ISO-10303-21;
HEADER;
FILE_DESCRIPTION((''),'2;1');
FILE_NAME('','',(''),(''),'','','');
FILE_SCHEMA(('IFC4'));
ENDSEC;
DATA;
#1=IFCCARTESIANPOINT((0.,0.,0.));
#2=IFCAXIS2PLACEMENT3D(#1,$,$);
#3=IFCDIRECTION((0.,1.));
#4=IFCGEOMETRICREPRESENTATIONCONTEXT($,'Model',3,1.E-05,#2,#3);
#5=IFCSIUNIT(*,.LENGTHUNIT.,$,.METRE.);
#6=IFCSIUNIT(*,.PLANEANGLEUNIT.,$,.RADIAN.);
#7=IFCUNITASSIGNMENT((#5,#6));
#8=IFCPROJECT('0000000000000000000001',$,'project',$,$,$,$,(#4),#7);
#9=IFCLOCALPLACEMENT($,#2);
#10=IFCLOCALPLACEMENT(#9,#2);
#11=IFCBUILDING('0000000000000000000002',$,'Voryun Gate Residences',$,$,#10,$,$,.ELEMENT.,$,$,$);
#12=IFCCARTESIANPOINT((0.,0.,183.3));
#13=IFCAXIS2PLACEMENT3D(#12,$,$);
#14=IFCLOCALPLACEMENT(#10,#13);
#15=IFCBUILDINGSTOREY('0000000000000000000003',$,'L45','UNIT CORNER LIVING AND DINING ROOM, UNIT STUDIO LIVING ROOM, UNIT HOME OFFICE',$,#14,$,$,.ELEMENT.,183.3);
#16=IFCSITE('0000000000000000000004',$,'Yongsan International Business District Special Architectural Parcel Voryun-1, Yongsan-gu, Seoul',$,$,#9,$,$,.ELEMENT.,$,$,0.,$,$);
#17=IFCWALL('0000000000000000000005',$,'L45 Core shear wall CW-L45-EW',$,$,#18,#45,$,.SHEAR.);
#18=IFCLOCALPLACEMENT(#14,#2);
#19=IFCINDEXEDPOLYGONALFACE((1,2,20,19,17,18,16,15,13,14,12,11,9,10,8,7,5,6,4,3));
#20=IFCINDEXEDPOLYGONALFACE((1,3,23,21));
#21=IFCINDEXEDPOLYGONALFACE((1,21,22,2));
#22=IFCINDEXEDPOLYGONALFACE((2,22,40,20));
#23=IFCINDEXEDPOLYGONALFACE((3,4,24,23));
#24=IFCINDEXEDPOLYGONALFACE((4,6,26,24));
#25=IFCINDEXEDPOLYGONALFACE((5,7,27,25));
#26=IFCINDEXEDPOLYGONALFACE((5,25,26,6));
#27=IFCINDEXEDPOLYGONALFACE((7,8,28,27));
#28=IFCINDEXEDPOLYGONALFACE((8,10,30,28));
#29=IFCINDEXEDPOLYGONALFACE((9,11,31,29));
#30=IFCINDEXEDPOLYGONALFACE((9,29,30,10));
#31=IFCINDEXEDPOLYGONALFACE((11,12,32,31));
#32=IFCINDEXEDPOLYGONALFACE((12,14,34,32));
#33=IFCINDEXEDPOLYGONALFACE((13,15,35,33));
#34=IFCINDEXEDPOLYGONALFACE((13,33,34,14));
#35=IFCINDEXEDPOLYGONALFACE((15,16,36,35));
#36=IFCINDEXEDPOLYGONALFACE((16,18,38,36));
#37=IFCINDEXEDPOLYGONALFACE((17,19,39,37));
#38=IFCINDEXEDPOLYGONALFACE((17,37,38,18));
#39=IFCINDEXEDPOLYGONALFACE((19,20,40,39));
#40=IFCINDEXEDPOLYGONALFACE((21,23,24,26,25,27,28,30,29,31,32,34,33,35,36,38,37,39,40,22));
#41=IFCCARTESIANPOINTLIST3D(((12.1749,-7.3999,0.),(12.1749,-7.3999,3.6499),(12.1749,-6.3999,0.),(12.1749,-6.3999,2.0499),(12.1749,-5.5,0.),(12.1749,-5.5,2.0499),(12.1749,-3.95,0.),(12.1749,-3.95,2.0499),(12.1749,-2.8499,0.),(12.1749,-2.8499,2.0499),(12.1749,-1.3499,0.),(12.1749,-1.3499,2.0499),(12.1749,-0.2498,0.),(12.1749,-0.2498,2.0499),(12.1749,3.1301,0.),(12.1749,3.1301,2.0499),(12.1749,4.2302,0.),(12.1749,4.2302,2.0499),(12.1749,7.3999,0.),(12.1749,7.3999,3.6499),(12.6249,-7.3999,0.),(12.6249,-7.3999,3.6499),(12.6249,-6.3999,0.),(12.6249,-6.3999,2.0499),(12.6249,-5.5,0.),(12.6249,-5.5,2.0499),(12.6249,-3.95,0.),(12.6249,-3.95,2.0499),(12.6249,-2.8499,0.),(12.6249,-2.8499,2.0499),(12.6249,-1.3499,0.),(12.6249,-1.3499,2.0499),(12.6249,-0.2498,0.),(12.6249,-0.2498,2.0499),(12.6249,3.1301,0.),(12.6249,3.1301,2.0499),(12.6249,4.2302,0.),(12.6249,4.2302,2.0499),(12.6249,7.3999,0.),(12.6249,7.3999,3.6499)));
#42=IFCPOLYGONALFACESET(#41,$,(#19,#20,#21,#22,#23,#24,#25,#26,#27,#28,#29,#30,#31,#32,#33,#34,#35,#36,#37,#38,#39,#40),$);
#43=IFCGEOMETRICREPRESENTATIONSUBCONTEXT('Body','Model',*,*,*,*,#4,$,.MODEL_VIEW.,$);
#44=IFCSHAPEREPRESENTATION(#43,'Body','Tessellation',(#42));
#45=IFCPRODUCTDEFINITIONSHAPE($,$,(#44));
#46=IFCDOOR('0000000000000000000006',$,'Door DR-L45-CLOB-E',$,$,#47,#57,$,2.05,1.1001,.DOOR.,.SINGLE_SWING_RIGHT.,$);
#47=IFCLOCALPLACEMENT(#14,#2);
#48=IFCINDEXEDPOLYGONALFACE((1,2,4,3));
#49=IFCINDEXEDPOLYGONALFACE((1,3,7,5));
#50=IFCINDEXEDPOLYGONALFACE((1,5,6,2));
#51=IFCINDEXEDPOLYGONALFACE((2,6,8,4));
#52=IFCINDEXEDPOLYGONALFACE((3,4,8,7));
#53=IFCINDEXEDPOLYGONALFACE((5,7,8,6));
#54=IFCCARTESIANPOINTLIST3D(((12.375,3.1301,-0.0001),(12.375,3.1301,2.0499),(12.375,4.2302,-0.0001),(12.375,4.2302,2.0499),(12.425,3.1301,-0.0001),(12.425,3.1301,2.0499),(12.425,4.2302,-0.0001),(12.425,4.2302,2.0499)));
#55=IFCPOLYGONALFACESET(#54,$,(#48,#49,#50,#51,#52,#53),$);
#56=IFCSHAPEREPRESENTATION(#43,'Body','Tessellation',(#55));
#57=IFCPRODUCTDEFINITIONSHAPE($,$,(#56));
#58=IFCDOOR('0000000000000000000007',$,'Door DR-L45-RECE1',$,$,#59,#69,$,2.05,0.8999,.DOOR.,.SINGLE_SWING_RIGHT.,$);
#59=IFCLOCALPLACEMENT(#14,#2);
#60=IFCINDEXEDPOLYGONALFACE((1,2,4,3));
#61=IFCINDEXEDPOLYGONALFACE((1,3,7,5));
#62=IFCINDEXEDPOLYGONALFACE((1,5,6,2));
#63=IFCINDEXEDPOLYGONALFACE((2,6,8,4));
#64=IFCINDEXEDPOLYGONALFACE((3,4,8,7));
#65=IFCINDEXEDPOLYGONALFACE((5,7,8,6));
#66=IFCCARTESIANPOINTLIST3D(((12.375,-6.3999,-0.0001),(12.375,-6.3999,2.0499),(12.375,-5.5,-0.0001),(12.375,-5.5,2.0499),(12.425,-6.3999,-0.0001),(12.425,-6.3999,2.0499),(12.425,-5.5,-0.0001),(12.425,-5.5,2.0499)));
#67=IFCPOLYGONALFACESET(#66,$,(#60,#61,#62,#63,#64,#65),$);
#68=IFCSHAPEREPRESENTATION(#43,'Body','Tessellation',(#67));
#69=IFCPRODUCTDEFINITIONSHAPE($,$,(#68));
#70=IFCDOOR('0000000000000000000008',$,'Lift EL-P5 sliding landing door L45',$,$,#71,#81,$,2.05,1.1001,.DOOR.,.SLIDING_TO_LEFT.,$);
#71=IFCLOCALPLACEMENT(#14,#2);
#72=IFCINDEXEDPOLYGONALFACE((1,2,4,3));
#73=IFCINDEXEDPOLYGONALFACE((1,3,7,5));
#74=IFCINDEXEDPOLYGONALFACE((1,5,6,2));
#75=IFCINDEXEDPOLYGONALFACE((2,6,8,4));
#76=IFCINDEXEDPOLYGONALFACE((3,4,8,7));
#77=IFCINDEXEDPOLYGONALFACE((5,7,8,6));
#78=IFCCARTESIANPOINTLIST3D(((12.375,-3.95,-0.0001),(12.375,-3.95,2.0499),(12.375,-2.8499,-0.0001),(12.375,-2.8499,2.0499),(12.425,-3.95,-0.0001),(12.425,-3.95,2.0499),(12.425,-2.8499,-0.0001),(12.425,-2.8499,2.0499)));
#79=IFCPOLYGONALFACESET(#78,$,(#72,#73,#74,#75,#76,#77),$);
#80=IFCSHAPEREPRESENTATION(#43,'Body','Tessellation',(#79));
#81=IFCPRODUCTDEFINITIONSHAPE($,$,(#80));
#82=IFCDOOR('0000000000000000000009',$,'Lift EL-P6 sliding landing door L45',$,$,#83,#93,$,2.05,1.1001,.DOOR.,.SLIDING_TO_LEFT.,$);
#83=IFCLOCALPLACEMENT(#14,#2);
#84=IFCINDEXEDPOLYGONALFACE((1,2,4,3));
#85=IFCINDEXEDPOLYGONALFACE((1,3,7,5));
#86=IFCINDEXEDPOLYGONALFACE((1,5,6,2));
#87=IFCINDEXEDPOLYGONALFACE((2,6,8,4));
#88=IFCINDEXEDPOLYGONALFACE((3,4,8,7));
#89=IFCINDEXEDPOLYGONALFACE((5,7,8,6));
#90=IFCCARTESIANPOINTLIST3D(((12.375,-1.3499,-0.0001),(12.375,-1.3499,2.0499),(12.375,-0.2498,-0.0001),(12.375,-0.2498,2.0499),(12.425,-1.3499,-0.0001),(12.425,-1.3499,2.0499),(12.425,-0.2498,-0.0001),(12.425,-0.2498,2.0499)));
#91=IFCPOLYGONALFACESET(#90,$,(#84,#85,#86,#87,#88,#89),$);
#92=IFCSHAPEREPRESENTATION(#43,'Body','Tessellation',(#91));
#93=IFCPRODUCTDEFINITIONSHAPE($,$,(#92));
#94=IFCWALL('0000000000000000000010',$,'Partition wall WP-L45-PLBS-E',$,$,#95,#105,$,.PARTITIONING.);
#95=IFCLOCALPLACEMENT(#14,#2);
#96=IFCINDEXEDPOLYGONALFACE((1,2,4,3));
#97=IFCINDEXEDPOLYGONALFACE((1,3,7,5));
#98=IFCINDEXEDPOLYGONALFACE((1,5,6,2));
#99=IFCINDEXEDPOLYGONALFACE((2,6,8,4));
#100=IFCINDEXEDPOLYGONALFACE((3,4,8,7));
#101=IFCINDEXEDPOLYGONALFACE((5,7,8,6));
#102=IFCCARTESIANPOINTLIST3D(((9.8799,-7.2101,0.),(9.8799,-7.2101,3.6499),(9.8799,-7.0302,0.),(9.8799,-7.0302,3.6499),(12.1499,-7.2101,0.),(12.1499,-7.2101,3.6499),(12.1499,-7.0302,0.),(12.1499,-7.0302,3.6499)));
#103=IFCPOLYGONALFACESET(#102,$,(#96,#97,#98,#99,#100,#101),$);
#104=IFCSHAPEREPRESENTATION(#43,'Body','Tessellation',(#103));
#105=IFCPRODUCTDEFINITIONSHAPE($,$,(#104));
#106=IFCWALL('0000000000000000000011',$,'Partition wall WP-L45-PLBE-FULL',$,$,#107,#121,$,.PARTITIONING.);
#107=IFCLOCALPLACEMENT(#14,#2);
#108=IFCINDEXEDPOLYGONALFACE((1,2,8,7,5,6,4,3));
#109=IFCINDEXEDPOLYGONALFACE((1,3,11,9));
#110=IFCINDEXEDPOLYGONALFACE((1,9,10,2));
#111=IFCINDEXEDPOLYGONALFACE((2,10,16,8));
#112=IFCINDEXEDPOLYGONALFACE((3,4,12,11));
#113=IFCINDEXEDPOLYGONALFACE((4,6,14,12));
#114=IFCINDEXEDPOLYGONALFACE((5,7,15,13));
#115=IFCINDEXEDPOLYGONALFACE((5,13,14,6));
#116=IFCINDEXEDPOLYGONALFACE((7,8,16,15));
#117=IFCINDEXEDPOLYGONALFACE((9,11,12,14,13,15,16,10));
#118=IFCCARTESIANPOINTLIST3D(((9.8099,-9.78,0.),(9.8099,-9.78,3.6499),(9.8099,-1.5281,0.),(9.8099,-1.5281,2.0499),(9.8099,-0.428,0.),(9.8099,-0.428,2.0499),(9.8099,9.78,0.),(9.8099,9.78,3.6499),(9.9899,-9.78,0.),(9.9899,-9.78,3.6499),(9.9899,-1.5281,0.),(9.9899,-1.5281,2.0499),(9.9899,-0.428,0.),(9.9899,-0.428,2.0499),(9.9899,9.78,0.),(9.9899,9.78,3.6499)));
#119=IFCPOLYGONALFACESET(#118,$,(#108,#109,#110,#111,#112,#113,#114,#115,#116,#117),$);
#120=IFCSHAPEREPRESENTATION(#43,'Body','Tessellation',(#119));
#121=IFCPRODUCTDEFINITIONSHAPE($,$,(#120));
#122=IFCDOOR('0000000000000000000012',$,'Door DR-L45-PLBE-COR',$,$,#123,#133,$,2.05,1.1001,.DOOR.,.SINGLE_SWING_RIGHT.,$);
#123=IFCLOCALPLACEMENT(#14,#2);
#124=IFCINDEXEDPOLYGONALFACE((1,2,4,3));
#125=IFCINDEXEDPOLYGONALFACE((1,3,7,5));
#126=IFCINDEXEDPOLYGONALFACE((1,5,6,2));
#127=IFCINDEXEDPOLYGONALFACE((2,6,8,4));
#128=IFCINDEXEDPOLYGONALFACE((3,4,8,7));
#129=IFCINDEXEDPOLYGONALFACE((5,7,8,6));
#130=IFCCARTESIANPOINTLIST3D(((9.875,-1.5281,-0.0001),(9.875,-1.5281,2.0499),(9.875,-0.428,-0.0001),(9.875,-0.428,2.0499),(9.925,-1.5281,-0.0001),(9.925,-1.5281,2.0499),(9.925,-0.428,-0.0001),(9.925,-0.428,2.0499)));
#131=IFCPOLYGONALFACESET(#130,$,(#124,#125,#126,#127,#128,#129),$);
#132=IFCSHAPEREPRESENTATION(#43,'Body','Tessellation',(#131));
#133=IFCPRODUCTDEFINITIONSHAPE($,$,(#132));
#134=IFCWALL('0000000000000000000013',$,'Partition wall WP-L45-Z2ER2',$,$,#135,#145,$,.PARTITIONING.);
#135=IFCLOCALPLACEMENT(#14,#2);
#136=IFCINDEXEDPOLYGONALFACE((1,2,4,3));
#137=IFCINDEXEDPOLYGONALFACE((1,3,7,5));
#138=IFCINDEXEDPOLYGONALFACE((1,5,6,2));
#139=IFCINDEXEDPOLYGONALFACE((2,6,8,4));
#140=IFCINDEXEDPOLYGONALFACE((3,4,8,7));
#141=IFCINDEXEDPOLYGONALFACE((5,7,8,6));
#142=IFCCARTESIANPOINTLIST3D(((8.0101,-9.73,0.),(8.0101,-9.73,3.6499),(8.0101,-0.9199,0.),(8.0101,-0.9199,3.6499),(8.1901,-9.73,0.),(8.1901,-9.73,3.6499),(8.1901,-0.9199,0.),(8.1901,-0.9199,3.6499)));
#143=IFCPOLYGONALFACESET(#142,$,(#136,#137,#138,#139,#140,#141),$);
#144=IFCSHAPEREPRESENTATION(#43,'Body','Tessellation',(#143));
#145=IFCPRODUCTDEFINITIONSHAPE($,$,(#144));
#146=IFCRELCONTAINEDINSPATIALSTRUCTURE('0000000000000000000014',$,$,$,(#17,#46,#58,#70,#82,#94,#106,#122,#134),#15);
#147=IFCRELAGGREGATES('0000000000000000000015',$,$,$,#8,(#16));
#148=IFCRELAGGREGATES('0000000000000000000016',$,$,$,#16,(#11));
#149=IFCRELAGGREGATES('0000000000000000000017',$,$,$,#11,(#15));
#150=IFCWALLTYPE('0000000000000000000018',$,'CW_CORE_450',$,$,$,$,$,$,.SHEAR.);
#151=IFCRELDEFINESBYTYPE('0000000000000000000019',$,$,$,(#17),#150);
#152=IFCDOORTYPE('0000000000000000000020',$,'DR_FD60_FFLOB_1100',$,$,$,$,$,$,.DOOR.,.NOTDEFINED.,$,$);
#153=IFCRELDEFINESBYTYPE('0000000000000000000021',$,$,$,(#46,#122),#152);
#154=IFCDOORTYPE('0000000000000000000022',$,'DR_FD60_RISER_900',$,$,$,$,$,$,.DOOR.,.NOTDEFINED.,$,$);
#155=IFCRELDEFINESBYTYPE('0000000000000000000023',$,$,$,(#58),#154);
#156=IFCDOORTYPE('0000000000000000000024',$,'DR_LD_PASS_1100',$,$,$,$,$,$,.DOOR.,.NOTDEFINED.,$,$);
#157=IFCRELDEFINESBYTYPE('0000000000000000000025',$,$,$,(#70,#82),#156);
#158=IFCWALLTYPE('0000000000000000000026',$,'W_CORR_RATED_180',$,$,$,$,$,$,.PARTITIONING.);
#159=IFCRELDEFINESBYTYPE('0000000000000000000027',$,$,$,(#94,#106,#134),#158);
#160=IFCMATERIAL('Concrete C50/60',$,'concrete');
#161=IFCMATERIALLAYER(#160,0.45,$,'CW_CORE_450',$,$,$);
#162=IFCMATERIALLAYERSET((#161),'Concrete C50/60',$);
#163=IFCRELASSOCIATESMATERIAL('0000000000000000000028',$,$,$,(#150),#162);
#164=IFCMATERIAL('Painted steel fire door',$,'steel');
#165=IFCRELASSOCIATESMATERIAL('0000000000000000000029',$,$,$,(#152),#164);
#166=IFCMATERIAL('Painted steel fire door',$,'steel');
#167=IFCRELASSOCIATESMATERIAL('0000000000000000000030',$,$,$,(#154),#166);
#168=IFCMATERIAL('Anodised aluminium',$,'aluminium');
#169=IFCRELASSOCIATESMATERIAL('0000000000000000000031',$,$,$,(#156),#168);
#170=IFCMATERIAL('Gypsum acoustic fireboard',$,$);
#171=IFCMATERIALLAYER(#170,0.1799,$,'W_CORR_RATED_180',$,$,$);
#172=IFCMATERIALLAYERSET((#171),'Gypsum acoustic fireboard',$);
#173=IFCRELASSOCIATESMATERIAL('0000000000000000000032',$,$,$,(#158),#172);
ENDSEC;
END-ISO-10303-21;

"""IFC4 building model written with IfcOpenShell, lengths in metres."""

from ifc_helpers import new_model, si_unit, direction, frame, frame_2d, origin, place, context, subcontext, project, spatial, rectangle, extrude, material, layer, layer_set, type_object, element, fill, save


model = new_model("IFC4")

# Units and contexts
model_context = context("Model", 3, precision=1e-05, world=origin(), true_north=direction((0.0, 1.0)))
body_context = subcontext(model_context, "Body", "Model", "MODEL_VIEW")
ifc_project = project(units=[si_unit("LENGTHUNIT", "METRE"), si_unit("PLANEANGLEUNIT", "RADIAN")], contexts=[model_context])

# Site, building, storey
site_placement = place(None, origin())
site = spatial("IfcSite", under=ifc_project, at=site_placement, Name="Yongsan International Business District Special Architectural Parcel Voryun-1, Yongsan-gu, Seoul", CompositionType="ELEMENT", RefElevation=0.0)
building_placement = place(site_placement, origin())
building = spatial("IfcBuilding", under=site, at=building_placement, Name="Voryun Gate Residences", CompositionType="ELEMENT")
storey_placement = place(building_placement, frame((0.0, 0.0, 183.3)))
storey = spatial("IfcBuildingStorey", under=building, at=storey_placement, Name="L45", Description="UNIT CORNER LIVING AND DINING ROOM, UNIT STUDIO LIVING ROOM, UNIT HOME OFFICE", CompositionType="ELEMENT", Elevation=183.3)

# Shared definitions
ifc_material_1 = material(Name="Concrete C50/60", Category="concrete")
ifc_layer_1 = layer(ifc_material_1, 0.45, Name="CW_CORE_450")
ifc_layer_set_1 = layer_set([ifc_layer_1], Name="Concrete C50/60")
wall_type_1 = type_object("IfcWallType", Name="CW_CORE_450", PredefinedType="SHEAR", material=ifc_layer_set_1)

# Wall, openings, doors
wall_1_placement = place(storey_placement, frame((12.3999, -7.3999, 0.0), z_axis=(0.0, 0.0, 1.0), x_axis=(0.0, 1.0, 0.0)))
wall_1 = element("IfcWall", 1, at=wall_1_placement, inside=storey, type_object=wall_type_1, Name="L45 Core shear wall CW-L45-EW", PredefinedType="SHEAR", context=body_context, shape_type="SweptSolid", body=[
    extrude(rectangle(XDim=14.7998, YDim=0.45, at=frame_2d((7.3999, 0.0))), origin(), (0.0, 0.0, 1.0), 3.6499),
])
opening_1_placement = place(wall_1_placement, frame((3.45, 0.0, 0.0)))
opening_1 = element("IfcOpeningElement", 2, at=opening_1_placement, cuts=wall_1, PredefinedType="OPENING", context=body_context, shape_type="SweptSolid", body=[
    extrude(rectangle(XDim=1.1001, YDim=2.05, at=frame_2d((0.55, 1.0249))), frame((0.0, 0.2351, 0.0), z_axis=(0.0, -1.0, 0.0), x_axis=(1.0, 0.0, 0.0)), (0.0, 0.0, 1.0), 0.47),
])
opening_2_placement = place(wall_1_placement, frame((6.05, 0.0, 0.0)))
opening_2 = element("IfcOpeningElement", 3, at=opening_2_placement, cuts=wall_1, PredefinedType="OPENING", context=body_context, shape_type="SweptSolid", body=[
    extrude(rectangle(XDim=1.1001, YDim=2.05, at=frame_2d((0.55, 1.0249))), frame((0.0, 0.2351, 0.0), z_axis=(0.0, -1.0, 0.0), x_axis=(1.0, 0.0, 0.0)), (0.0, 0.0, 1.0), 0.47),
])
opening_3_placement = place(wall_1_placement, frame((10.53, 0.0, 0.0)))
opening_3 = element("IfcOpeningElement", 4, at=opening_3_placement, cuts=wall_1, PredefinedType="OPENING", context=body_context, shape_type="SweptSolid", body=[
    extrude(rectangle(XDim=1.1001, YDim=2.05, at=frame_2d((0.55, 1.0249))), frame((0.0, 0.2351, 0.0), z_axis=(0.0, -1.0, 0.0), x_axis=(1.0, 0.0, 0.0)), (0.0, 0.0, 1.0), 0.47),
])
opening_4_placement = place(wall_1_placement, frame((1.0, 0.0, 0.0)))
opening_4 = element("IfcOpeningElement", 5, at=opening_4_placement, cuts=wall_1, PredefinedType="OPENING", context=body_context, shape_type="SweptSolid", body=[
    extrude(rectangle(XDim=0.8999, YDim=2.05, at=frame_2d((0.45, 1.0249))), frame((0.0, 0.2351, 0.0), z_axis=(0.0, -1.0, 0.0), x_axis=(1.0, 0.0, 0.0)), (0.0, 0.0, 1.0), 0.47),
])
ifc_material_2 = material(Name="Painted steel fire door", Category="steel")
door_type_1 = type_object("IfcDoorType", Name="DR_FD60_FFLOB_1100", OperationType="NOTDEFINED", PredefinedType="DOOR", material=ifc_material_2)
door_1_placement = place(opening_3_placement, origin())
door_1 = element("IfcDoor", 6, at=door_1_placement, inside=storey, type_object=door_type_1, Name="Door DR-L45-CLOB-E", OperationType="SINGLE_SWING_RIGHT", OverallHeight=2.05, OverallWidth=1.1001, PredefinedType="DOOR", context=body_context, shape_type="SweptSolid", body=[
    extrude(rectangle(XDim=1.1001, YDim=2.05, at=frame_2d((0.55, 1.0249))), frame((0.0, 0.0249, 0.0), z_axis=(0.0, -1.0, 0.0), x_axis=(1.0, 0.0, 0.0)), (0.0, 0.0, 1.0), 0.05),
])
fill(opening_3, door_1)
ifc_material_3 = material(Name="Painted steel fire door", Category="steel")
door_type_2 = type_object("IfcDoorType", Name="DR_FD60_RISER_900", OperationType="NOTDEFINED", PredefinedType="DOOR", material=ifc_material_3)
door_2_placement = place(opening_4_placement, origin())
door_2 = element("IfcDoor", 7, at=door_2_placement, inside=storey, type_object=door_type_2, Name="Door DR-L45-RECE1", OperationType="SINGLE_SWING_RIGHT", OverallHeight=2.05, OverallWidth=0.8999, PredefinedType="DOOR", context=body_context, shape_type="SweptSolid", body=[
    extrude(rectangle(XDim=0.8999, YDim=2.05, at=frame_2d((0.45, 1.0249))), frame((0.0, 0.0249, 0.0), z_axis=(0.0, -1.0, 0.0), x_axis=(1.0, 0.0, 0.0)), (0.0, 0.0, 1.0), 0.05),
])
fill(opening_4, door_2)
ifc_material_4 = material(Name="Anodised aluminium", Category="aluminium")
door_type_3 = type_object("IfcDoorType", Name="DR_LD_PASS_1100", OperationType="NOTDEFINED", PredefinedType="DOOR", material=ifc_material_4)
door_3_placement = place(opening_1_placement, origin())
door_3 = element("IfcDoor", 8, at=door_3_placement, inside=storey, type_object=door_type_3, Name="Lift EL-P5 sliding landing door L45", OperationType="SLIDING_TO_LEFT", OverallHeight=2.05, OverallWidth=1.1001, PredefinedType="DOOR", context=body_context, shape_type="SweptSolid", body=[
    extrude(rectangle(XDim=1.1001, YDim=2.05, at=frame_2d((0.55, 1.0249))), frame((0.0, 0.0249, 0.0), z_axis=(0.0, -1.0, 0.0), x_axis=(1.0, 0.0, 0.0)), (0.0, 0.0, 1.0), 0.05),
])
fill(opening_1, door_3)
door_4_placement = place(opening_2_placement, origin())
door_4 = element("IfcDoor", 9, at=door_4_placement, inside=storey, type_object=door_type_3, Name="Lift EL-P6 sliding landing door L45", OperationType="SLIDING_TO_LEFT", OverallHeight=2.05, OverallWidth=1.1001, PredefinedType="DOOR", context=body_context, shape_type="SweptSolid", body=[
    extrude(rectangle(XDim=1.1001, YDim=2.05, at=frame_2d((0.55, 1.0249))), frame((0.0, 0.0249, 0.0), z_axis=(0.0, -1.0, 0.0), x_axis=(1.0, 0.0, 0.0)), (0.0, 0.0, 1.0), 0.05),
])
fill(opening_2, door_4)

# Wall
ifc_material_5 = material(Name="Gypsum acoustic fireboard")
ifc_layer_2 = layer(ifc_material_5, 0.1799, Name="W_CORR_RATED_180")
ifc_layer_set_2 = layer_set([ifc_layer_2], Name="Gypsum acoustic fireboard")
wall_type_2 = type_object("IfcWallType", Name="W_CORR_RATED_180", PredefinedType="PARTITIONING", material=ifc_layer_set_2)
wall_2_placement = place(storey_placement, frame((9.8799, -7.1201, 0.0), z_axis=(0.0, 0.0, 1.0), x_axis=(1.0, 0.0, 0.0)))
element("IfcWall", 10, at=wall_2_placement, inside=storey, type_object=wall_type_2, Name="Partition wall WP-L45-PLBS-E", PredefinedType="PARTITIONING", context=body_context, shape_type="SweptSolid", body=[
    extrude(rectangle(XDim=2.27, YDim=0.1799, at=frame_2d((1.135, 0.0))), origin(), (0.0, 0.0, 1.0), 3.6499),
])

# Wall, opening, door
wall_3_placement = place(storey_placement, frame((9.8999, -9.78, 0.0), z_axis=(0.0, 0.0, 1.0), x_axis=(0.0, 1.0, 0.0)))
wall_3 = element("IfcWall", 11, at=wall_3_placement, inside=storey, type_object=wall_type_2, Name="Partition wall WP-L45-PLBE-FULL", PredefinedType="PARTITIONING", context=body_context, shape_type="SweptSolid", body=[
    extrude(rectangle(XDim=19.5601, YDim=0.1799, at=frame_2d((9.78, 0.0))), origin(), (0.0, 0.0, 1.0), 3.6499),
])
opening_5_placement = place(wall_3_placement, frame((8.252, 0.0, 0.0)))
opening_5 = element("IfcOpeningElement", 12, at=opening_5_placement, cuts=wall_3, PredefinedType="OPENING", context=body_context, shape_type="SweptSolid", body=[
    extrude(rectangle(XDim=1.1001, YDim=2.05, at=frame_2d((0.55, 1.0249))), frame((0.0, 0.0999, 0.0), z_axis=(0.0, -1.0, 0.0), x_axis=(1.0, 0.0, 0.0)), (0.0, 0.0, 1.0), 0.2),
])
door_5_placement = place(opening_5_placement, origin())
door_5 = element("IfcDoor", 13, at=door_5_placement, inside=storey, type_object=door_type_1, Name="Door DR-L45-PLBE-COR", OperationType="SINGLE_SWING_RIGHT", OverallHeight=2.05, OverallWidth=1.1001, PredefinedType="DOOR", context=body_context, shape_type="SweptSolid", body=[
    extrude(rectangle(XDim=1.1001, YDim=2.05, at=frame_2d((0.55, 1.0249))), frame((0.0, 0.0249, 0.0), z_axis=(0.0, -1.0, 0.0), x_axis=(1.0, 0.0, 0.0)), (0.0, 0.0, 1.0), 0.05),
])
fill(opening_5, door_5)

# Wall
wall_4_placement = place(storey_placement, frame((8.1001, -9.73, 0.0), z_axis=(0.0, 0.0, 1.0), x_axis=(0.0, 1.0, 0.0)))
element("IfcWall", 14, at=wall_4_placement, inside=storey, type_object=wall_type_2, Name="Partition wall WP-L45-Z2ER2", PredefinedType="PARTITIONING", context=body_context, shape_type="SweptSolid", body=[
    extrude(rectangle(XDim=8.8101, YDim=0.1799, at=frame_2d((4.405, 0.0))), origin(), (0.0, 0.0, 1.0), 3.6499),
])

save(model, "model.ifc")
